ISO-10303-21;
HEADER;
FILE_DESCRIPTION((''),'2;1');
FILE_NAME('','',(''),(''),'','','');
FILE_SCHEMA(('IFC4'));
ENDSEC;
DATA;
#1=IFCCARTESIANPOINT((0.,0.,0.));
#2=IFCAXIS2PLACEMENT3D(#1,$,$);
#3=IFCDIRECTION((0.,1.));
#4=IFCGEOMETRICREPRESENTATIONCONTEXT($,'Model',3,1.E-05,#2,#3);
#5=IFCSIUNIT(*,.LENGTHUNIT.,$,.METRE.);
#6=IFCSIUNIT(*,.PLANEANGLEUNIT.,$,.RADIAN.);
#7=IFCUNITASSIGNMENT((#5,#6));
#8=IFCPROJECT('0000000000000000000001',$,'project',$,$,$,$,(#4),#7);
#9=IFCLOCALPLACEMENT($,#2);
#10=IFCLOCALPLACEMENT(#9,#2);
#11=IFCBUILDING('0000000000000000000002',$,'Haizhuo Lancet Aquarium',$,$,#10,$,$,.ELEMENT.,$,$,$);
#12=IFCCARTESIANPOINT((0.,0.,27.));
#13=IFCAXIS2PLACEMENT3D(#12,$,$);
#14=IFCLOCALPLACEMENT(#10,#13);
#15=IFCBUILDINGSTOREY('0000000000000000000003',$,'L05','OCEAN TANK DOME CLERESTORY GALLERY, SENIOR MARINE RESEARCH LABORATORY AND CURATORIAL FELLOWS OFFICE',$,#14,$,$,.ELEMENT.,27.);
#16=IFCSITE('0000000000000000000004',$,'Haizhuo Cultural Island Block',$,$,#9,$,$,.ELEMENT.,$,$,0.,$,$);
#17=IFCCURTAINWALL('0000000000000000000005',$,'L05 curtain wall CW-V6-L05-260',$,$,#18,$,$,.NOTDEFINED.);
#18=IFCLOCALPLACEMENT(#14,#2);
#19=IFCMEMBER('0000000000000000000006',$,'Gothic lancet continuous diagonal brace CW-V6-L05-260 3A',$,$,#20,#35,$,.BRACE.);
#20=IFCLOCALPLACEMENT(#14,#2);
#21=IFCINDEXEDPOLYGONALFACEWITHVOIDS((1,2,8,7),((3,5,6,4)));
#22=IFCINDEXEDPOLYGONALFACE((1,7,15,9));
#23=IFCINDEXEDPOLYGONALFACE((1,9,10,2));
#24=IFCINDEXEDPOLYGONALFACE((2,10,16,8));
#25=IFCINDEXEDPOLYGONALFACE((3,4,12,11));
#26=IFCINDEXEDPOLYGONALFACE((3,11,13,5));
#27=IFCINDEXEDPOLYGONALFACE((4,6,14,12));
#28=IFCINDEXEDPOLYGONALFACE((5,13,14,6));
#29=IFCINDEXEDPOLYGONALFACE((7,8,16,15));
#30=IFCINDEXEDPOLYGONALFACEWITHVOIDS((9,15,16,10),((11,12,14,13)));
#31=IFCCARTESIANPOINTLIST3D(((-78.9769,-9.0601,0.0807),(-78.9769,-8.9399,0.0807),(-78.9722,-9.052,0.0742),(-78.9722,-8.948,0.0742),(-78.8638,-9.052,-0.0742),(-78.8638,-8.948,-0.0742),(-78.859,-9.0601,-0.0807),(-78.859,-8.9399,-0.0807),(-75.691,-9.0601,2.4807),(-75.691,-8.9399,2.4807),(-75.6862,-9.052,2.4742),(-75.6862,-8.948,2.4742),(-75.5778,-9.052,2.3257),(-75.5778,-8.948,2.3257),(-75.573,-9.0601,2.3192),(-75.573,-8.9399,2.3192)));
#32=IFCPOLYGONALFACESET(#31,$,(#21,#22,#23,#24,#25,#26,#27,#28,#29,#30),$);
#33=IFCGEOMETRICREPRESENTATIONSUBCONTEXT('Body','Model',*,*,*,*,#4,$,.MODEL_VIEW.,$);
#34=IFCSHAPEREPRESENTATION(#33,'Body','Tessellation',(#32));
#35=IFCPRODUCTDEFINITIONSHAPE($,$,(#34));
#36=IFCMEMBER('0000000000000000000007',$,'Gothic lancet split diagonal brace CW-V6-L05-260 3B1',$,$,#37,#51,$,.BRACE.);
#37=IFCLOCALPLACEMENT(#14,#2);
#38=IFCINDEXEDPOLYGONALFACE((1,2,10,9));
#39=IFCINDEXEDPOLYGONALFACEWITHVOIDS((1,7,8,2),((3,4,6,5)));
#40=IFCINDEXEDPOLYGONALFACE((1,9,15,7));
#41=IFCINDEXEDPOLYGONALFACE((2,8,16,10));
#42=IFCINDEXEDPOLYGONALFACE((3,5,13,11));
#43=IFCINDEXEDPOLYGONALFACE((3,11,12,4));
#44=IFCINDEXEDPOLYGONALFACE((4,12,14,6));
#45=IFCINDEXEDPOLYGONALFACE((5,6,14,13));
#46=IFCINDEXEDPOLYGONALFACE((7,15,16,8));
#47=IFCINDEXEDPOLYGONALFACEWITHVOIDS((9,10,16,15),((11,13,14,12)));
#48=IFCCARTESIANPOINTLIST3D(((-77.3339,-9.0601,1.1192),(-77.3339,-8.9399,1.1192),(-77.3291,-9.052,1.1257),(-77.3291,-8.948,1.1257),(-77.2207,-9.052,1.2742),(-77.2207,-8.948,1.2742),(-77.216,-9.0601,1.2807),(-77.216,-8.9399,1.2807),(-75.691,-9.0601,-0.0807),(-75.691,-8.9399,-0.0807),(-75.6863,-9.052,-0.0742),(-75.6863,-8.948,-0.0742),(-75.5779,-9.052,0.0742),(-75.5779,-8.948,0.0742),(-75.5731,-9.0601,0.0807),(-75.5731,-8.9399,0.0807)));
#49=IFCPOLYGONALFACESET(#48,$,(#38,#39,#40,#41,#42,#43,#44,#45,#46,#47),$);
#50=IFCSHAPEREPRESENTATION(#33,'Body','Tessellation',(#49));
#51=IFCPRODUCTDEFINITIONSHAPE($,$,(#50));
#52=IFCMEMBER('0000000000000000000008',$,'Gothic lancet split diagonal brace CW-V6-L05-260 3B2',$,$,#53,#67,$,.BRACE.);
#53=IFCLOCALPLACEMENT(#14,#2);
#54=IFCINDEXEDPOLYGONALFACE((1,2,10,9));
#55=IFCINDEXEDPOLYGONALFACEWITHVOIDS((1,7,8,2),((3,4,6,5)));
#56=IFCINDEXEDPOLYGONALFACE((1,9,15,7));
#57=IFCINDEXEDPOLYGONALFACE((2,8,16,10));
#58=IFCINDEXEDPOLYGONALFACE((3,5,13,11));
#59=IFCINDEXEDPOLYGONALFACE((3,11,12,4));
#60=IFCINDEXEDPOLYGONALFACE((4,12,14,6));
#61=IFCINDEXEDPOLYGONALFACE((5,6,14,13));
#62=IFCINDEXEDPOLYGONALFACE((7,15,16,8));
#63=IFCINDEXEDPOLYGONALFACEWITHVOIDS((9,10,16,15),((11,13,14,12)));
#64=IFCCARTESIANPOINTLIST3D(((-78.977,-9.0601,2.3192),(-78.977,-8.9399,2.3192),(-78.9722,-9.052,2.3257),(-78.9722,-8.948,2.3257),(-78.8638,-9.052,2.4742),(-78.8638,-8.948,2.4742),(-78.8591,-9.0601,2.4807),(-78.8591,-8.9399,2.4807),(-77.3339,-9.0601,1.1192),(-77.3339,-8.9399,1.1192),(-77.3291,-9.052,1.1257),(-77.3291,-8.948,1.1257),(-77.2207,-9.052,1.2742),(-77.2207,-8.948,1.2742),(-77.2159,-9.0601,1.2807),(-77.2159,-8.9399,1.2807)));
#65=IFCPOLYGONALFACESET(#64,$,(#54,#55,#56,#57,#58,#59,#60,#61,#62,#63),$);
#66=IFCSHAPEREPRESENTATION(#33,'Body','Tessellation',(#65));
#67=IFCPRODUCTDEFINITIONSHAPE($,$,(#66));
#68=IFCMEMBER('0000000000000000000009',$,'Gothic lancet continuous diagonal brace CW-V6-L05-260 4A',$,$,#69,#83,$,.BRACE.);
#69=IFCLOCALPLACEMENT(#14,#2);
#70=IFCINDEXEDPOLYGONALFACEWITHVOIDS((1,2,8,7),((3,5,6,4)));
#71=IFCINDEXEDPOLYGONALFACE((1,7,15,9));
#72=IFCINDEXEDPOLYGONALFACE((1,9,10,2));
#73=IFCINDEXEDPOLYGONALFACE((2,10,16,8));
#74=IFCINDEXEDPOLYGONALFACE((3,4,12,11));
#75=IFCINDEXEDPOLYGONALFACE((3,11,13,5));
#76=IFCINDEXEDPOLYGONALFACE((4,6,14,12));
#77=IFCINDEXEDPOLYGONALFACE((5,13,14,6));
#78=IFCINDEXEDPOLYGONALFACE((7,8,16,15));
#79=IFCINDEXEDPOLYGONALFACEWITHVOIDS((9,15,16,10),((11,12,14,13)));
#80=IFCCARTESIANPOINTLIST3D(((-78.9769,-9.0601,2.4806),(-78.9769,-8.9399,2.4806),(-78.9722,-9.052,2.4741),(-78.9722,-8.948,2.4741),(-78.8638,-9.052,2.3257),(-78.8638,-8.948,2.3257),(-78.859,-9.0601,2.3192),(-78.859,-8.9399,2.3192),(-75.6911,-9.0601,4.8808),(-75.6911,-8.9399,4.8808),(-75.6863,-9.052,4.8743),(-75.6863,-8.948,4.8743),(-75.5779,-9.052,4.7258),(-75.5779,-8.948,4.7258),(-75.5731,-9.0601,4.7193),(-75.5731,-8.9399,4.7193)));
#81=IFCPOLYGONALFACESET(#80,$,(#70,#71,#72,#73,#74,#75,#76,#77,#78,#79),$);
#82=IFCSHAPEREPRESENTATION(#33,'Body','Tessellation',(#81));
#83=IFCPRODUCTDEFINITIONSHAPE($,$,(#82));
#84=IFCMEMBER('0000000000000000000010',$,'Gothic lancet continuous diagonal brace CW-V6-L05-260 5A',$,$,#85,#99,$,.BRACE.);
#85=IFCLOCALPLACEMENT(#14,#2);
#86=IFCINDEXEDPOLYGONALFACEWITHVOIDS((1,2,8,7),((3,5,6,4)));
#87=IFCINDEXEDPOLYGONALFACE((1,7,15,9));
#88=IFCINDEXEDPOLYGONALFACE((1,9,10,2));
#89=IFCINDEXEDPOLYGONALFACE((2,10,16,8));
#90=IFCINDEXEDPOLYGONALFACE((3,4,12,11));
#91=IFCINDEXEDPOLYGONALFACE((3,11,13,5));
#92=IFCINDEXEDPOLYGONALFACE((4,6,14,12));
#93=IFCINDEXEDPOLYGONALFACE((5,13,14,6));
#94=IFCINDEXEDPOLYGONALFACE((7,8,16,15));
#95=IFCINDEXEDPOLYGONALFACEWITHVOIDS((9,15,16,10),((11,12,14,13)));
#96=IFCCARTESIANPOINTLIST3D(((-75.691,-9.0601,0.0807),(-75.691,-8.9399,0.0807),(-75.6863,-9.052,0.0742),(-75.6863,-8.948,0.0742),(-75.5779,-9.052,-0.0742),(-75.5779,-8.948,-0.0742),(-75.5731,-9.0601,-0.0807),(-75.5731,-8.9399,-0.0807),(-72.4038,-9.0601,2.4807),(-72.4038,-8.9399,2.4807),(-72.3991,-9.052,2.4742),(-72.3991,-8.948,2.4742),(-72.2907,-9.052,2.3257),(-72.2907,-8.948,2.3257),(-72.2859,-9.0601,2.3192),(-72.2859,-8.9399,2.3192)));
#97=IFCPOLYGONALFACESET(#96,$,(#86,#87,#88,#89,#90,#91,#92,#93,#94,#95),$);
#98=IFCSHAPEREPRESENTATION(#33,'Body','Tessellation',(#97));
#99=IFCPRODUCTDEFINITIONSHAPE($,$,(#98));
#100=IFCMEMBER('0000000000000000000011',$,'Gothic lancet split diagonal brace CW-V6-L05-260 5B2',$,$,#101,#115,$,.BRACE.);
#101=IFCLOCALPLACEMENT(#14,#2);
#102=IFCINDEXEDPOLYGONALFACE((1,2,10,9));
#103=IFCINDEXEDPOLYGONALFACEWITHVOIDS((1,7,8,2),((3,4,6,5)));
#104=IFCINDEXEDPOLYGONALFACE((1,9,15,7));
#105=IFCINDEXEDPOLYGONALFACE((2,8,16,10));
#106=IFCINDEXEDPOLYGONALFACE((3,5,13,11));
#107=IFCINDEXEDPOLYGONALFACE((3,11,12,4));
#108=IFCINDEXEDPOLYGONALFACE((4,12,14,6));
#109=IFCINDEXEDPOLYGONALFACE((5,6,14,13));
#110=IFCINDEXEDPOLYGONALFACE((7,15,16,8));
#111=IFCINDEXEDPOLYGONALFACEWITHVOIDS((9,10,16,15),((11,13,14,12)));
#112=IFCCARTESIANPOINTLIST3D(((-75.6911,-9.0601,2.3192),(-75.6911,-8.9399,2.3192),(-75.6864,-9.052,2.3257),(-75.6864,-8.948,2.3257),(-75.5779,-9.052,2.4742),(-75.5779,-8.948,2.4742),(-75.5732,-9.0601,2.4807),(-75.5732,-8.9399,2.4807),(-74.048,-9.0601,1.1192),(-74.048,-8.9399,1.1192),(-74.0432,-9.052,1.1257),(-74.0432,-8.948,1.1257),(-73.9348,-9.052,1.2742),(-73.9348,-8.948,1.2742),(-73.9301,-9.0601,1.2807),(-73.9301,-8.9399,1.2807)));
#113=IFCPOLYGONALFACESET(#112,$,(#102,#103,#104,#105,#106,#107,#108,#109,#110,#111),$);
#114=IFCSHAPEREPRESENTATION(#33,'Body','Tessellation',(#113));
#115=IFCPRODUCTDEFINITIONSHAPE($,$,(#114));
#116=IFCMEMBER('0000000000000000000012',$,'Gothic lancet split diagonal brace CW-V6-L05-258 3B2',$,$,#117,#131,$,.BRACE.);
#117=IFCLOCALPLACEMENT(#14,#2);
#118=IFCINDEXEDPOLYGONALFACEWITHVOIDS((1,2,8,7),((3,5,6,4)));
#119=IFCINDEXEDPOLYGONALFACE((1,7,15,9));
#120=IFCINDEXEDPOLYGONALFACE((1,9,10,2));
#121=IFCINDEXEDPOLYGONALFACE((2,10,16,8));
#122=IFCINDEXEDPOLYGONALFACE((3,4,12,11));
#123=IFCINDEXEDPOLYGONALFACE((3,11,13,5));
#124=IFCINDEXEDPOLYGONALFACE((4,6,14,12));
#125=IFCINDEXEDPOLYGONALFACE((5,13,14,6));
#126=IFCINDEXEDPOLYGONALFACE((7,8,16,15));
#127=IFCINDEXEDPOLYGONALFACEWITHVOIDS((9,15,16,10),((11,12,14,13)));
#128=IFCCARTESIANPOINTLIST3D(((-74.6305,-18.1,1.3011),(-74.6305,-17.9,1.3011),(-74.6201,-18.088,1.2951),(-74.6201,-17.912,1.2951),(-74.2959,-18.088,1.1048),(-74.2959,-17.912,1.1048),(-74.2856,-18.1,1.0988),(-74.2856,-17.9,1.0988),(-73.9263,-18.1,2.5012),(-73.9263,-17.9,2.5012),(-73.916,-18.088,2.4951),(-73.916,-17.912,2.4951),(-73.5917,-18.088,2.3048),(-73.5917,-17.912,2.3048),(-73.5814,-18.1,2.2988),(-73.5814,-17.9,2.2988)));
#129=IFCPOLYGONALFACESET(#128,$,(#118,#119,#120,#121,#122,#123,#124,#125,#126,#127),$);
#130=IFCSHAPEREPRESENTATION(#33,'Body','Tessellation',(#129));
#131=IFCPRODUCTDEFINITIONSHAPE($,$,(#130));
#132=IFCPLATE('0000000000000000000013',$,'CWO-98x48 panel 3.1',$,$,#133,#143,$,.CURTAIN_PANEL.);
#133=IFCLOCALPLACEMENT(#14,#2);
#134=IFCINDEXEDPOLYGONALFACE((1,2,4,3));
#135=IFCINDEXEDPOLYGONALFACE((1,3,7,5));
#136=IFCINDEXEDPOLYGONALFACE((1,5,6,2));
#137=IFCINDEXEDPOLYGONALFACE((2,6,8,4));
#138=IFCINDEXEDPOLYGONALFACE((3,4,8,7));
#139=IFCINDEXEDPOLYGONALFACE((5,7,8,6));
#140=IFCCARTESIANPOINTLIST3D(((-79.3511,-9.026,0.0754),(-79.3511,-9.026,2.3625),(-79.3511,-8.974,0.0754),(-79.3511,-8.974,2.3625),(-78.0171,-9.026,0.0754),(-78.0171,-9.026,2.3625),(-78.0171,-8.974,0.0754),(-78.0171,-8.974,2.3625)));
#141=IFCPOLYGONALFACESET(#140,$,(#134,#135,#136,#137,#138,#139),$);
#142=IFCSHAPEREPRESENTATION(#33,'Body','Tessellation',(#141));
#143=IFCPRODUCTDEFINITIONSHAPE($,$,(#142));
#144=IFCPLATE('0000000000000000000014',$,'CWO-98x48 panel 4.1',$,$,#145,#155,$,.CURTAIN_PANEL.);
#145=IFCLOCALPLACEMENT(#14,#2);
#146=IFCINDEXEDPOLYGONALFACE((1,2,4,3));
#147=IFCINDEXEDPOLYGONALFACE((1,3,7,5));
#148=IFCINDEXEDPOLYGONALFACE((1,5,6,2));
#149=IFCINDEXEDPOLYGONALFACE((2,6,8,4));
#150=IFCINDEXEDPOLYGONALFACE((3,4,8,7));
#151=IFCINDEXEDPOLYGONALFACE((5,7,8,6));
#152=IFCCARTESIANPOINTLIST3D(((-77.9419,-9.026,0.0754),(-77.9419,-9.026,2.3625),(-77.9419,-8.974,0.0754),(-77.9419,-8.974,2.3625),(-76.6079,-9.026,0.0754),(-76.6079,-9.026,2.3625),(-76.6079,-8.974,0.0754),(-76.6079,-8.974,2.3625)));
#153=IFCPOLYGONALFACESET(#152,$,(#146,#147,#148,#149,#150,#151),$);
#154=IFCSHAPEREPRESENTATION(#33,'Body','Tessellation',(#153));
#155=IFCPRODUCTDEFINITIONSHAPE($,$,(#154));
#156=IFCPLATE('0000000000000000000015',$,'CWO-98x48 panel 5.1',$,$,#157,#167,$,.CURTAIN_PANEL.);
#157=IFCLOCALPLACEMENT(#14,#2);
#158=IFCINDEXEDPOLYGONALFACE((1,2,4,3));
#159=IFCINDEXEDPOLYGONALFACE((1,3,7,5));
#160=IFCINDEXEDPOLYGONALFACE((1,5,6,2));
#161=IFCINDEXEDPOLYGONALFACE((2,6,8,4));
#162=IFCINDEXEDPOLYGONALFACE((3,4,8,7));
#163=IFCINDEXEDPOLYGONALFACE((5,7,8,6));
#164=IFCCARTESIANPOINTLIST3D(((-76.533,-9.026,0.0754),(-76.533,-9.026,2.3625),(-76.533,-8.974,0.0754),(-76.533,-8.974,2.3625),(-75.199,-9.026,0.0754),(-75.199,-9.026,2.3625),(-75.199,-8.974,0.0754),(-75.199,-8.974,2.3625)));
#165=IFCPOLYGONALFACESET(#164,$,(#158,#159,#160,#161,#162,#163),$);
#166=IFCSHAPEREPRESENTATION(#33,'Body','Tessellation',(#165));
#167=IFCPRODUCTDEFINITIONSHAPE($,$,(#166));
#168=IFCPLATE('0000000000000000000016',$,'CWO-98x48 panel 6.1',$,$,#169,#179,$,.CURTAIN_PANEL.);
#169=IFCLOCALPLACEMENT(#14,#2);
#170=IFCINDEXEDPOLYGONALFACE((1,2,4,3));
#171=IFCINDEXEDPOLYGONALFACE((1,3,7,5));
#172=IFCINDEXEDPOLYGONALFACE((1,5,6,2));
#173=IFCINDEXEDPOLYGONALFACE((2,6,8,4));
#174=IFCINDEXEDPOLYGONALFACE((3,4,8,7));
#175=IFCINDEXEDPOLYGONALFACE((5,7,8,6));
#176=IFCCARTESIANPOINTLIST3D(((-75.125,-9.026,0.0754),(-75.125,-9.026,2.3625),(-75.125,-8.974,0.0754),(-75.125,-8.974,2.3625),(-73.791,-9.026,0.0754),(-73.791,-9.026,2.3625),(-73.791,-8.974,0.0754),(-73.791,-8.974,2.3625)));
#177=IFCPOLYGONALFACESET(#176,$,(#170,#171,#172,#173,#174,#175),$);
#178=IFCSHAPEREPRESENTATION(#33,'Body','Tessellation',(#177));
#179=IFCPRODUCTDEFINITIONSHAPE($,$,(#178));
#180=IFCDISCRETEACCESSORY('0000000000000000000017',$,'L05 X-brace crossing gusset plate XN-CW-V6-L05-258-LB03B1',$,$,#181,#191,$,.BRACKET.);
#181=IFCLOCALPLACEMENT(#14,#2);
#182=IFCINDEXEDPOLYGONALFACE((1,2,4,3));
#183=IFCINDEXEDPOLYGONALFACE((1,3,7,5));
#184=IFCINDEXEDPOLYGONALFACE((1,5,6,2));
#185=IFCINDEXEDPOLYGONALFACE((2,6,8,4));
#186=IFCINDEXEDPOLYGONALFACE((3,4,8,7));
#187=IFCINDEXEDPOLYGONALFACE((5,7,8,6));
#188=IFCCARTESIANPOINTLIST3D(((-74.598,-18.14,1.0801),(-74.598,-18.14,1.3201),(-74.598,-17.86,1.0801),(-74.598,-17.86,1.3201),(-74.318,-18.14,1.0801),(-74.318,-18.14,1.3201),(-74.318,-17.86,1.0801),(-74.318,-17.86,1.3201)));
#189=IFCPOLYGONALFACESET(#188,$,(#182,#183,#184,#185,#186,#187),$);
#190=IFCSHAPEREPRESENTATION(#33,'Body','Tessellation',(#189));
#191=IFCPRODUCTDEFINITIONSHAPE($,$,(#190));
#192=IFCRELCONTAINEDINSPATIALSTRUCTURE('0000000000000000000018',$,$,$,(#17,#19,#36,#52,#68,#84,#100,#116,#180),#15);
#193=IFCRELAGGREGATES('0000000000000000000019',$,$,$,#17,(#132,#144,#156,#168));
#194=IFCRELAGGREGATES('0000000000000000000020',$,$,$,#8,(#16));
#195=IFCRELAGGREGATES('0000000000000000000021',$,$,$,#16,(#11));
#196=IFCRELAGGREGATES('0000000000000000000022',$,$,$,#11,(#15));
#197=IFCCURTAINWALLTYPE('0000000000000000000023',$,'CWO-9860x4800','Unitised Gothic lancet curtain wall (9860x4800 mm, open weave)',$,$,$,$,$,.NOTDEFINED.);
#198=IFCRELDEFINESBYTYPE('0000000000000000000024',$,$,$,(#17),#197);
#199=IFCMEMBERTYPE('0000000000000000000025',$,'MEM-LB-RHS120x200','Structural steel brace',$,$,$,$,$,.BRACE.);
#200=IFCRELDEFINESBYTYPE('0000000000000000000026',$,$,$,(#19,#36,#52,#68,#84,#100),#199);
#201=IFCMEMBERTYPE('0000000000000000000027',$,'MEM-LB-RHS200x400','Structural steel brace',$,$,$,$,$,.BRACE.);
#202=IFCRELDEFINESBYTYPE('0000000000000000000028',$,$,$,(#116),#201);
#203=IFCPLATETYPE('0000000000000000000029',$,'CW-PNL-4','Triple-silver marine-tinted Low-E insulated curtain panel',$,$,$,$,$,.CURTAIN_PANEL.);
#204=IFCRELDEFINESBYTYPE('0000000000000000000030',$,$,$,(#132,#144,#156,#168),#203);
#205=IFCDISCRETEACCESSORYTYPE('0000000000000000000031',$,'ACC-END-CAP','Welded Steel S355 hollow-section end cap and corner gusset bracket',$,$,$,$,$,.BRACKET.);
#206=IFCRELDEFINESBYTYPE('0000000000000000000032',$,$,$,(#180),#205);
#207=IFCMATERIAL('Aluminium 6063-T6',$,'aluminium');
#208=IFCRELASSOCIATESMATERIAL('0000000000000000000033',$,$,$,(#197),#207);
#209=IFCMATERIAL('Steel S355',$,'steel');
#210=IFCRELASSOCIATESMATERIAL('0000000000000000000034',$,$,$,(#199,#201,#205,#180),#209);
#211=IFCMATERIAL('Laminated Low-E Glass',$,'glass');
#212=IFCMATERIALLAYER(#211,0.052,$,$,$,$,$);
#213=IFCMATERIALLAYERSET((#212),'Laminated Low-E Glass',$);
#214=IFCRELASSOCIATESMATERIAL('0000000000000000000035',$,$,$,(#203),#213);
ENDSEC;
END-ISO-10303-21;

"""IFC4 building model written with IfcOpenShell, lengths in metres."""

from ifc_helpers import new_model, si_unit, direction, frame, origin, origin_2d, place, context, subcontext, project, spatial, rectangle, hollow_rectangle, extrude, material, layer, layer_set, material_profile, profile_set, type_object, element, aggregate, save


model = new_model("IFC4")

# Units and contexts
model_context = context("Model", 3, precision=1e-05, world=origin(), true_north=direction((0.0, 1.0)))
body_context = subcontext(model_context, "Body", "Model", "MODEL_VIEW")
ifc_project = project(units=[si_unit("LENGTHUNIT", "METRE"), si_unit("PLANEANGLEUNIT", "RADIAN")], contexts=[model_context])

# Site, building, storey
site_placement = place(None, origin())
site = spatial("IfcSite", under=ifc_project, at=site_placement, Name="Haizhuo Cultural Island Block", CompositionType="ELEMENT", RefElevation=0.0)
building_placement = place(site_placement, origin())
building = spatial("IfcBuilding", under=site, at=building_placement, Name="Haizhuo Lancet Aquarium", CompositionType="ELEMENT")
storey_placement = place(building_placement, frame((0.0, 0.0, 27.0)))
storey = spatial("IfcBuildingStorey", under=building, at=storey_placement, Name="L05", Description="OCEAN TANK DOME CLERESTORY GALLERY, SENIOR MARINE RESEARCH LABORATORY AND CURATORIAL FELLOWS OFFICE", CompositionType="ELEMENT", Elevation=27.0)

# Curtain wall
ifc_material_1 = material(Name="Aluminium 6063-T6", Category="aluminium")
curtain_wall_type_1 = type_object("IfcCurtainWallType", Name="CWO-9860x4800", Description="Unitised Gothic lancet curtain wall (9860x4800 mm, open weave)", PredefinedType="NOTDEFINED", material=ifc_material_1)
curtain_wall_1_placement = place(storey_placement, origin())
curtain_wall_1 = element("IfcCurtainWall", 1, at=curtain_wall_1_placement, inside=storey, type_object=curtain_wall_type_1, Name="L05 curtain wall CW-V6-L05-260", PredefinedType="NOTDEFINED")

# Members
ifc_material_2 = material(Name="Steel S355", Category="steel")
ifc_material_profile_1 = material_profile(ifc_material_2, hollow_rectangle(XDim=0.1201, YDim=0.2, WallThickness=0.0081, at=origin_2d()), Name="RHS 120x200x8")
ifc_profile_set_1 = profile_set([ifc_material_profile_1], Name="Steel S355")
member_type_1 = type_object("IfcMemberType", Name="MEM-LB-RHS120x200", Description="Structural steel brace", PredefinedType="BRACE", material=ifc_profile_set_1)
member_1_placement = place(storey_placement, frame((-78.918, -9.0, 0.0), z_axis=(0.807546, 0.0, 0.589804), x_axis=(0.0, 1.0, 0.0)))
element("IfcMember", 2, at=member_1_placement, inside=storey, type_object=member_type_1, Name="Gothic lancet continuous diagonal brace CW-V6-L05-260 3A", PredefinedType="BRACE", context=body_context, shape_type="SweptSolid", body=[
    extrude(hollow_rectangle(XDim=0.1201, YDim=0.2, WallThickness=0.0081, at=origin_2d()), origin(), (0.0, 0.0, 1.0), 4.0691),
])
member_2_placement = place(storey_placement, frame((-75.6321, -9.0, 0.0), z_axis=(-0.807525, 0.0, 0.589833), x_axis=(0.0, -1.0, 0.0)))
element("IfcMember", 3, at=member_2_placement, inside=storey, type_object=member_type_1, Name="Gothic lancet split diagonal brace CW-V6-L05-260 3B1", PredefinedType="BRACE", context=body_context, shape_type="SweptSolid", body=[
    extrude(hollow_rectangle(XDim=0.1201, YDim=0.2, WallThickness=0.0081, at=origin_2d()), origin(), (0.0, 0.0, 1.0), 2.0344),
])
member_3_placement = place(storey_placement, frame((-77.2749, -9.0, 1.2), z_axis=(-0.807567, 0.0, 0.589776), x_axis=(0.0, -1.0, 0.0)))
element("IfcMember", 4, at=member_3_placement, inside=storey, type_object=member_type_1, Name="Gothic lancet split diagonal brace CW-V6-L05-260 3B2", PredefinedType="BRACE", context=body_context, shape_type="SweptSolid", body=[
    extrude(hollow_rectangle(XDim=0.1201, YDim=0.2, WallThickness=0.0081, at=origin_2d()), origin(), (0.0, 0.0, 1.0), 2.0347),
])
member_4_placement = place(storey_placement, frame((-78.918, -9.0, 2.3999), z_axis=(0.807518, 0.0, 0.589844), x_axis=(0.0, 1.0, 0.0)))
element("IfcMember", 5, at=member_4_placement, inside=storey, type_object=member_type_1, Name="Gothic lancet continuous diagonal brace CW-V6-L05-260 4A", PredefinedType="BRACE", context=body_context, shape_type="SweptSolid", body=[
    extrude(hollow_rectangle(XDim=0.1201, YDim=0.2, WallThickness=0.0081, at=origin_2d()), origin(), (0.0, 0.0, 1.0), 4.0691),
])
member_5_placement = place(storey_placement, frame((-75.6321, -9.0, 0.0), z_axis=(0.80765, 0.0, 0.589662), x_axis=(0.0, 1.0, 0.0)))
element("IfcMember", 6, at=member_5_placement, inside=storey, type_object=member_type_1, Name="Gothic lancet continuous diagonal brace CW-V6-L05-260 5A", PredefinedType="BRACE", context=body_context, shape_type="SweptSolid", body=[
    extrude(hollow_rectangle(XDim=0.1201, YDim=0.2, WallThickness=0.0081, at=origin_2d()), origin(), (0.0, 0.0, 1.0), 4.0701),
])
member_6_placement = place(storey_placement, frame((-73.989, -9.0, 1.2), z_axis=(-0.807567, 0.0, 0.589776), x_axis=(0.0, -1.0, 0.0)))
element("IfcMember", 7, at=member_6_placement, inside=storey, type_object=member_type_1, Name="Gothic lancet split diagonal brace CW-V6-L05-260 5B2", PredefinedType="BRACE", context=body_context, shape_type="SweptSolid", body=[
    extrude(hollow_rectangle(XDim=0.1201, YDim=0.2, WallThickness=0.0081, at=origin_2d()), origin(), (0.0, 0.0, 1.0), 2.0347),
])
ifc_material_profile_2 = material_profile(ifc_material_2, hollow_rectangle(XDim=0.2, YDim=0.3999, WallThickness=0.012, at=origin_2d()), Name="RHS 200x400x12")
ifc_profile_set_2 = profile_set([ifc_material_profile_2], Name="Steel S355")
member_type_2 = type_object("IfcMemberType", Name="MEM-LB-RHS200x400", Description="Structural steel brace", PredefinedType="BRACE", material=ifc_profile_set_2)
member_7_placement = place(storey_placement, frame((-74.458, -18.0, 1.2), z_axis=(0.506084, 0.0, 0.862484), x_axis=(0.0, 1.0, 0.0)))
element("IfcMember", 8, at=member_7_placement, inside=storey, type_object=member_type_2, Name="Gothic lancet split diagonal brace CW-V6-L05-258 3B2", PredefinedType="BRACE", context=body_context, shape_type="SweptSolid", body=[
    extrude(hollow_rectangle(XDim=0.2, YDim=0.3999, WallThickness=0.012, at=origin_2d()), origin(), (0.0, 0.0, 1.0), 1.3914),
])

# Plates
ifc_material_3 = material(Name="Laminated Low-E Glass", Category="glass")
ifc_layer = layer(ifc_material_3, 0.052)
ifc_layer_set = layer_set([ifc_layer], Name="Laminated Low-E Glass")
plate_type = type_object("IfcPlateType", Name="CW-PNL-4", Description="Triple-silver marine-tinted Low-E insulated curtain panel", PredefinedType="CURTAIN_PANEL", material=ifc_layer_set)
plate_1_placement = place(storey_placement, frame((-78.6841, -9.0, 0.0754), z_axis=(0.0, 0.0, 1.0), x_axis=(1.0, 0.0, 0.0)))
plate_1 = element("IfcPlate", 9, at=plate_1_placement, type_object=plate_type, Name="CWO-98x48 panel 3.1", PredefinedType="CURTAIN_PANEL", context=body_context, shape_type="SweptSolid", body=[
    extrude(rectangle(XDim=1.334, YDim=0.052, at=origin_2d()), origin(), (0.0, 0.0, 1.0), 2.2871),
])
plate_2_placement = place(storey_placement, frame((-77.2749, -9.0, 0.0754), z_axis=(0.0, 0.0, 1.0), x_axis=(1.0, 0.0, 0.0)))
plate_2 = element("IfcPlate", 10, at=plate_2_placement, type_object=plate_type, Name="CWO-98x48 panel 4.1", PredefinedType="CURTAIN_PANEL", context=body_context, shape_type="SweptSolid", body=[
    extrude(rectangle(XDim=1.334, YDim=0.052, at=origin_2d()), origin(), (0.0, 0.0, 1.0), 2.2871),
])
plate_3_placement = place(storey_placement, frame((-75.866, -9.0, 0.0754), z_axis=(0.0, 0.0, 1.0), x_axis=(1.0, 0.0, 0.0)))
plate_3 = element("IfcPlate", 11, at=plate_3_placement, type_object=plate_type, Name="CWO-98x48 panel 5.1", PredefinedType="CURTAIN_PANEL", context=body_context, shape_type="SweptSolid", body=[
    extrude(rectangle(XDim=1.334, YDim=0.052, at=origin_2d()), origin(), (0.0, 0.0, 1.0), 2.2871),
])
plate_4_placement = place(storey_placement, frame((-74.458, -9.0, 0.0754), z_axis=(0.0, 0.0, 1.0), x_axis=(1.0, 0.0, 0.0)))
plate_4 = element("IfcPlate", 12, at=plate_4_placement, type_object=plate_type, Name="CWO-98x48 panel 6.1", PredefinedType="CURTAIN_PANEL", context=body_context, shape_type="SweptSolid", body=[
    extrude(rectangle(XDim=1.334, YDim=0.052, at=origin_2d()), origin(), (0.0, 0.0, 1.0), 2.2871),
])
aggregate(curtain_wall_1, [plate_1, plate_2, plate_3, plate_4])

# Discrete accessory
discrete_accessory_type = type_object("IfcDiscreteAccessoryType", Name="ACC-END-CAP", Description="Welded Steel S355 hollow-section end cap and corner gusset bracket", PredefinedType="BRACKET", material=ifc_material_2)
for number, where, z_axis, x_axis, name in (
    (13, (-74.458, -18.0, 1.0801), (0.0, 0.0, 1.0), (1.0, 0.0, 0.0), "L05 X-brace crossing gusset plate XN-CW-V6-L05-258-LB03B1"),
):
    element("IfcDiscreteAccessory", number, at=place(storey_placement, frame(where, z_axis=z_axis, x_axis=x_axis)), inside=storey, type_object=discrete_accessory_type, material=ifc_material_2, Name=name, PredefinedType="BRACKET", context=body_context, shape_type="SweptSolid", body=[
        extrude(rectangle(XDim=0.28, YDim=0.28, at=origin_2d()), origin(), (0.0, 0.0, 1.0), 0.24),
    ])

save(model, "model.ifc")
